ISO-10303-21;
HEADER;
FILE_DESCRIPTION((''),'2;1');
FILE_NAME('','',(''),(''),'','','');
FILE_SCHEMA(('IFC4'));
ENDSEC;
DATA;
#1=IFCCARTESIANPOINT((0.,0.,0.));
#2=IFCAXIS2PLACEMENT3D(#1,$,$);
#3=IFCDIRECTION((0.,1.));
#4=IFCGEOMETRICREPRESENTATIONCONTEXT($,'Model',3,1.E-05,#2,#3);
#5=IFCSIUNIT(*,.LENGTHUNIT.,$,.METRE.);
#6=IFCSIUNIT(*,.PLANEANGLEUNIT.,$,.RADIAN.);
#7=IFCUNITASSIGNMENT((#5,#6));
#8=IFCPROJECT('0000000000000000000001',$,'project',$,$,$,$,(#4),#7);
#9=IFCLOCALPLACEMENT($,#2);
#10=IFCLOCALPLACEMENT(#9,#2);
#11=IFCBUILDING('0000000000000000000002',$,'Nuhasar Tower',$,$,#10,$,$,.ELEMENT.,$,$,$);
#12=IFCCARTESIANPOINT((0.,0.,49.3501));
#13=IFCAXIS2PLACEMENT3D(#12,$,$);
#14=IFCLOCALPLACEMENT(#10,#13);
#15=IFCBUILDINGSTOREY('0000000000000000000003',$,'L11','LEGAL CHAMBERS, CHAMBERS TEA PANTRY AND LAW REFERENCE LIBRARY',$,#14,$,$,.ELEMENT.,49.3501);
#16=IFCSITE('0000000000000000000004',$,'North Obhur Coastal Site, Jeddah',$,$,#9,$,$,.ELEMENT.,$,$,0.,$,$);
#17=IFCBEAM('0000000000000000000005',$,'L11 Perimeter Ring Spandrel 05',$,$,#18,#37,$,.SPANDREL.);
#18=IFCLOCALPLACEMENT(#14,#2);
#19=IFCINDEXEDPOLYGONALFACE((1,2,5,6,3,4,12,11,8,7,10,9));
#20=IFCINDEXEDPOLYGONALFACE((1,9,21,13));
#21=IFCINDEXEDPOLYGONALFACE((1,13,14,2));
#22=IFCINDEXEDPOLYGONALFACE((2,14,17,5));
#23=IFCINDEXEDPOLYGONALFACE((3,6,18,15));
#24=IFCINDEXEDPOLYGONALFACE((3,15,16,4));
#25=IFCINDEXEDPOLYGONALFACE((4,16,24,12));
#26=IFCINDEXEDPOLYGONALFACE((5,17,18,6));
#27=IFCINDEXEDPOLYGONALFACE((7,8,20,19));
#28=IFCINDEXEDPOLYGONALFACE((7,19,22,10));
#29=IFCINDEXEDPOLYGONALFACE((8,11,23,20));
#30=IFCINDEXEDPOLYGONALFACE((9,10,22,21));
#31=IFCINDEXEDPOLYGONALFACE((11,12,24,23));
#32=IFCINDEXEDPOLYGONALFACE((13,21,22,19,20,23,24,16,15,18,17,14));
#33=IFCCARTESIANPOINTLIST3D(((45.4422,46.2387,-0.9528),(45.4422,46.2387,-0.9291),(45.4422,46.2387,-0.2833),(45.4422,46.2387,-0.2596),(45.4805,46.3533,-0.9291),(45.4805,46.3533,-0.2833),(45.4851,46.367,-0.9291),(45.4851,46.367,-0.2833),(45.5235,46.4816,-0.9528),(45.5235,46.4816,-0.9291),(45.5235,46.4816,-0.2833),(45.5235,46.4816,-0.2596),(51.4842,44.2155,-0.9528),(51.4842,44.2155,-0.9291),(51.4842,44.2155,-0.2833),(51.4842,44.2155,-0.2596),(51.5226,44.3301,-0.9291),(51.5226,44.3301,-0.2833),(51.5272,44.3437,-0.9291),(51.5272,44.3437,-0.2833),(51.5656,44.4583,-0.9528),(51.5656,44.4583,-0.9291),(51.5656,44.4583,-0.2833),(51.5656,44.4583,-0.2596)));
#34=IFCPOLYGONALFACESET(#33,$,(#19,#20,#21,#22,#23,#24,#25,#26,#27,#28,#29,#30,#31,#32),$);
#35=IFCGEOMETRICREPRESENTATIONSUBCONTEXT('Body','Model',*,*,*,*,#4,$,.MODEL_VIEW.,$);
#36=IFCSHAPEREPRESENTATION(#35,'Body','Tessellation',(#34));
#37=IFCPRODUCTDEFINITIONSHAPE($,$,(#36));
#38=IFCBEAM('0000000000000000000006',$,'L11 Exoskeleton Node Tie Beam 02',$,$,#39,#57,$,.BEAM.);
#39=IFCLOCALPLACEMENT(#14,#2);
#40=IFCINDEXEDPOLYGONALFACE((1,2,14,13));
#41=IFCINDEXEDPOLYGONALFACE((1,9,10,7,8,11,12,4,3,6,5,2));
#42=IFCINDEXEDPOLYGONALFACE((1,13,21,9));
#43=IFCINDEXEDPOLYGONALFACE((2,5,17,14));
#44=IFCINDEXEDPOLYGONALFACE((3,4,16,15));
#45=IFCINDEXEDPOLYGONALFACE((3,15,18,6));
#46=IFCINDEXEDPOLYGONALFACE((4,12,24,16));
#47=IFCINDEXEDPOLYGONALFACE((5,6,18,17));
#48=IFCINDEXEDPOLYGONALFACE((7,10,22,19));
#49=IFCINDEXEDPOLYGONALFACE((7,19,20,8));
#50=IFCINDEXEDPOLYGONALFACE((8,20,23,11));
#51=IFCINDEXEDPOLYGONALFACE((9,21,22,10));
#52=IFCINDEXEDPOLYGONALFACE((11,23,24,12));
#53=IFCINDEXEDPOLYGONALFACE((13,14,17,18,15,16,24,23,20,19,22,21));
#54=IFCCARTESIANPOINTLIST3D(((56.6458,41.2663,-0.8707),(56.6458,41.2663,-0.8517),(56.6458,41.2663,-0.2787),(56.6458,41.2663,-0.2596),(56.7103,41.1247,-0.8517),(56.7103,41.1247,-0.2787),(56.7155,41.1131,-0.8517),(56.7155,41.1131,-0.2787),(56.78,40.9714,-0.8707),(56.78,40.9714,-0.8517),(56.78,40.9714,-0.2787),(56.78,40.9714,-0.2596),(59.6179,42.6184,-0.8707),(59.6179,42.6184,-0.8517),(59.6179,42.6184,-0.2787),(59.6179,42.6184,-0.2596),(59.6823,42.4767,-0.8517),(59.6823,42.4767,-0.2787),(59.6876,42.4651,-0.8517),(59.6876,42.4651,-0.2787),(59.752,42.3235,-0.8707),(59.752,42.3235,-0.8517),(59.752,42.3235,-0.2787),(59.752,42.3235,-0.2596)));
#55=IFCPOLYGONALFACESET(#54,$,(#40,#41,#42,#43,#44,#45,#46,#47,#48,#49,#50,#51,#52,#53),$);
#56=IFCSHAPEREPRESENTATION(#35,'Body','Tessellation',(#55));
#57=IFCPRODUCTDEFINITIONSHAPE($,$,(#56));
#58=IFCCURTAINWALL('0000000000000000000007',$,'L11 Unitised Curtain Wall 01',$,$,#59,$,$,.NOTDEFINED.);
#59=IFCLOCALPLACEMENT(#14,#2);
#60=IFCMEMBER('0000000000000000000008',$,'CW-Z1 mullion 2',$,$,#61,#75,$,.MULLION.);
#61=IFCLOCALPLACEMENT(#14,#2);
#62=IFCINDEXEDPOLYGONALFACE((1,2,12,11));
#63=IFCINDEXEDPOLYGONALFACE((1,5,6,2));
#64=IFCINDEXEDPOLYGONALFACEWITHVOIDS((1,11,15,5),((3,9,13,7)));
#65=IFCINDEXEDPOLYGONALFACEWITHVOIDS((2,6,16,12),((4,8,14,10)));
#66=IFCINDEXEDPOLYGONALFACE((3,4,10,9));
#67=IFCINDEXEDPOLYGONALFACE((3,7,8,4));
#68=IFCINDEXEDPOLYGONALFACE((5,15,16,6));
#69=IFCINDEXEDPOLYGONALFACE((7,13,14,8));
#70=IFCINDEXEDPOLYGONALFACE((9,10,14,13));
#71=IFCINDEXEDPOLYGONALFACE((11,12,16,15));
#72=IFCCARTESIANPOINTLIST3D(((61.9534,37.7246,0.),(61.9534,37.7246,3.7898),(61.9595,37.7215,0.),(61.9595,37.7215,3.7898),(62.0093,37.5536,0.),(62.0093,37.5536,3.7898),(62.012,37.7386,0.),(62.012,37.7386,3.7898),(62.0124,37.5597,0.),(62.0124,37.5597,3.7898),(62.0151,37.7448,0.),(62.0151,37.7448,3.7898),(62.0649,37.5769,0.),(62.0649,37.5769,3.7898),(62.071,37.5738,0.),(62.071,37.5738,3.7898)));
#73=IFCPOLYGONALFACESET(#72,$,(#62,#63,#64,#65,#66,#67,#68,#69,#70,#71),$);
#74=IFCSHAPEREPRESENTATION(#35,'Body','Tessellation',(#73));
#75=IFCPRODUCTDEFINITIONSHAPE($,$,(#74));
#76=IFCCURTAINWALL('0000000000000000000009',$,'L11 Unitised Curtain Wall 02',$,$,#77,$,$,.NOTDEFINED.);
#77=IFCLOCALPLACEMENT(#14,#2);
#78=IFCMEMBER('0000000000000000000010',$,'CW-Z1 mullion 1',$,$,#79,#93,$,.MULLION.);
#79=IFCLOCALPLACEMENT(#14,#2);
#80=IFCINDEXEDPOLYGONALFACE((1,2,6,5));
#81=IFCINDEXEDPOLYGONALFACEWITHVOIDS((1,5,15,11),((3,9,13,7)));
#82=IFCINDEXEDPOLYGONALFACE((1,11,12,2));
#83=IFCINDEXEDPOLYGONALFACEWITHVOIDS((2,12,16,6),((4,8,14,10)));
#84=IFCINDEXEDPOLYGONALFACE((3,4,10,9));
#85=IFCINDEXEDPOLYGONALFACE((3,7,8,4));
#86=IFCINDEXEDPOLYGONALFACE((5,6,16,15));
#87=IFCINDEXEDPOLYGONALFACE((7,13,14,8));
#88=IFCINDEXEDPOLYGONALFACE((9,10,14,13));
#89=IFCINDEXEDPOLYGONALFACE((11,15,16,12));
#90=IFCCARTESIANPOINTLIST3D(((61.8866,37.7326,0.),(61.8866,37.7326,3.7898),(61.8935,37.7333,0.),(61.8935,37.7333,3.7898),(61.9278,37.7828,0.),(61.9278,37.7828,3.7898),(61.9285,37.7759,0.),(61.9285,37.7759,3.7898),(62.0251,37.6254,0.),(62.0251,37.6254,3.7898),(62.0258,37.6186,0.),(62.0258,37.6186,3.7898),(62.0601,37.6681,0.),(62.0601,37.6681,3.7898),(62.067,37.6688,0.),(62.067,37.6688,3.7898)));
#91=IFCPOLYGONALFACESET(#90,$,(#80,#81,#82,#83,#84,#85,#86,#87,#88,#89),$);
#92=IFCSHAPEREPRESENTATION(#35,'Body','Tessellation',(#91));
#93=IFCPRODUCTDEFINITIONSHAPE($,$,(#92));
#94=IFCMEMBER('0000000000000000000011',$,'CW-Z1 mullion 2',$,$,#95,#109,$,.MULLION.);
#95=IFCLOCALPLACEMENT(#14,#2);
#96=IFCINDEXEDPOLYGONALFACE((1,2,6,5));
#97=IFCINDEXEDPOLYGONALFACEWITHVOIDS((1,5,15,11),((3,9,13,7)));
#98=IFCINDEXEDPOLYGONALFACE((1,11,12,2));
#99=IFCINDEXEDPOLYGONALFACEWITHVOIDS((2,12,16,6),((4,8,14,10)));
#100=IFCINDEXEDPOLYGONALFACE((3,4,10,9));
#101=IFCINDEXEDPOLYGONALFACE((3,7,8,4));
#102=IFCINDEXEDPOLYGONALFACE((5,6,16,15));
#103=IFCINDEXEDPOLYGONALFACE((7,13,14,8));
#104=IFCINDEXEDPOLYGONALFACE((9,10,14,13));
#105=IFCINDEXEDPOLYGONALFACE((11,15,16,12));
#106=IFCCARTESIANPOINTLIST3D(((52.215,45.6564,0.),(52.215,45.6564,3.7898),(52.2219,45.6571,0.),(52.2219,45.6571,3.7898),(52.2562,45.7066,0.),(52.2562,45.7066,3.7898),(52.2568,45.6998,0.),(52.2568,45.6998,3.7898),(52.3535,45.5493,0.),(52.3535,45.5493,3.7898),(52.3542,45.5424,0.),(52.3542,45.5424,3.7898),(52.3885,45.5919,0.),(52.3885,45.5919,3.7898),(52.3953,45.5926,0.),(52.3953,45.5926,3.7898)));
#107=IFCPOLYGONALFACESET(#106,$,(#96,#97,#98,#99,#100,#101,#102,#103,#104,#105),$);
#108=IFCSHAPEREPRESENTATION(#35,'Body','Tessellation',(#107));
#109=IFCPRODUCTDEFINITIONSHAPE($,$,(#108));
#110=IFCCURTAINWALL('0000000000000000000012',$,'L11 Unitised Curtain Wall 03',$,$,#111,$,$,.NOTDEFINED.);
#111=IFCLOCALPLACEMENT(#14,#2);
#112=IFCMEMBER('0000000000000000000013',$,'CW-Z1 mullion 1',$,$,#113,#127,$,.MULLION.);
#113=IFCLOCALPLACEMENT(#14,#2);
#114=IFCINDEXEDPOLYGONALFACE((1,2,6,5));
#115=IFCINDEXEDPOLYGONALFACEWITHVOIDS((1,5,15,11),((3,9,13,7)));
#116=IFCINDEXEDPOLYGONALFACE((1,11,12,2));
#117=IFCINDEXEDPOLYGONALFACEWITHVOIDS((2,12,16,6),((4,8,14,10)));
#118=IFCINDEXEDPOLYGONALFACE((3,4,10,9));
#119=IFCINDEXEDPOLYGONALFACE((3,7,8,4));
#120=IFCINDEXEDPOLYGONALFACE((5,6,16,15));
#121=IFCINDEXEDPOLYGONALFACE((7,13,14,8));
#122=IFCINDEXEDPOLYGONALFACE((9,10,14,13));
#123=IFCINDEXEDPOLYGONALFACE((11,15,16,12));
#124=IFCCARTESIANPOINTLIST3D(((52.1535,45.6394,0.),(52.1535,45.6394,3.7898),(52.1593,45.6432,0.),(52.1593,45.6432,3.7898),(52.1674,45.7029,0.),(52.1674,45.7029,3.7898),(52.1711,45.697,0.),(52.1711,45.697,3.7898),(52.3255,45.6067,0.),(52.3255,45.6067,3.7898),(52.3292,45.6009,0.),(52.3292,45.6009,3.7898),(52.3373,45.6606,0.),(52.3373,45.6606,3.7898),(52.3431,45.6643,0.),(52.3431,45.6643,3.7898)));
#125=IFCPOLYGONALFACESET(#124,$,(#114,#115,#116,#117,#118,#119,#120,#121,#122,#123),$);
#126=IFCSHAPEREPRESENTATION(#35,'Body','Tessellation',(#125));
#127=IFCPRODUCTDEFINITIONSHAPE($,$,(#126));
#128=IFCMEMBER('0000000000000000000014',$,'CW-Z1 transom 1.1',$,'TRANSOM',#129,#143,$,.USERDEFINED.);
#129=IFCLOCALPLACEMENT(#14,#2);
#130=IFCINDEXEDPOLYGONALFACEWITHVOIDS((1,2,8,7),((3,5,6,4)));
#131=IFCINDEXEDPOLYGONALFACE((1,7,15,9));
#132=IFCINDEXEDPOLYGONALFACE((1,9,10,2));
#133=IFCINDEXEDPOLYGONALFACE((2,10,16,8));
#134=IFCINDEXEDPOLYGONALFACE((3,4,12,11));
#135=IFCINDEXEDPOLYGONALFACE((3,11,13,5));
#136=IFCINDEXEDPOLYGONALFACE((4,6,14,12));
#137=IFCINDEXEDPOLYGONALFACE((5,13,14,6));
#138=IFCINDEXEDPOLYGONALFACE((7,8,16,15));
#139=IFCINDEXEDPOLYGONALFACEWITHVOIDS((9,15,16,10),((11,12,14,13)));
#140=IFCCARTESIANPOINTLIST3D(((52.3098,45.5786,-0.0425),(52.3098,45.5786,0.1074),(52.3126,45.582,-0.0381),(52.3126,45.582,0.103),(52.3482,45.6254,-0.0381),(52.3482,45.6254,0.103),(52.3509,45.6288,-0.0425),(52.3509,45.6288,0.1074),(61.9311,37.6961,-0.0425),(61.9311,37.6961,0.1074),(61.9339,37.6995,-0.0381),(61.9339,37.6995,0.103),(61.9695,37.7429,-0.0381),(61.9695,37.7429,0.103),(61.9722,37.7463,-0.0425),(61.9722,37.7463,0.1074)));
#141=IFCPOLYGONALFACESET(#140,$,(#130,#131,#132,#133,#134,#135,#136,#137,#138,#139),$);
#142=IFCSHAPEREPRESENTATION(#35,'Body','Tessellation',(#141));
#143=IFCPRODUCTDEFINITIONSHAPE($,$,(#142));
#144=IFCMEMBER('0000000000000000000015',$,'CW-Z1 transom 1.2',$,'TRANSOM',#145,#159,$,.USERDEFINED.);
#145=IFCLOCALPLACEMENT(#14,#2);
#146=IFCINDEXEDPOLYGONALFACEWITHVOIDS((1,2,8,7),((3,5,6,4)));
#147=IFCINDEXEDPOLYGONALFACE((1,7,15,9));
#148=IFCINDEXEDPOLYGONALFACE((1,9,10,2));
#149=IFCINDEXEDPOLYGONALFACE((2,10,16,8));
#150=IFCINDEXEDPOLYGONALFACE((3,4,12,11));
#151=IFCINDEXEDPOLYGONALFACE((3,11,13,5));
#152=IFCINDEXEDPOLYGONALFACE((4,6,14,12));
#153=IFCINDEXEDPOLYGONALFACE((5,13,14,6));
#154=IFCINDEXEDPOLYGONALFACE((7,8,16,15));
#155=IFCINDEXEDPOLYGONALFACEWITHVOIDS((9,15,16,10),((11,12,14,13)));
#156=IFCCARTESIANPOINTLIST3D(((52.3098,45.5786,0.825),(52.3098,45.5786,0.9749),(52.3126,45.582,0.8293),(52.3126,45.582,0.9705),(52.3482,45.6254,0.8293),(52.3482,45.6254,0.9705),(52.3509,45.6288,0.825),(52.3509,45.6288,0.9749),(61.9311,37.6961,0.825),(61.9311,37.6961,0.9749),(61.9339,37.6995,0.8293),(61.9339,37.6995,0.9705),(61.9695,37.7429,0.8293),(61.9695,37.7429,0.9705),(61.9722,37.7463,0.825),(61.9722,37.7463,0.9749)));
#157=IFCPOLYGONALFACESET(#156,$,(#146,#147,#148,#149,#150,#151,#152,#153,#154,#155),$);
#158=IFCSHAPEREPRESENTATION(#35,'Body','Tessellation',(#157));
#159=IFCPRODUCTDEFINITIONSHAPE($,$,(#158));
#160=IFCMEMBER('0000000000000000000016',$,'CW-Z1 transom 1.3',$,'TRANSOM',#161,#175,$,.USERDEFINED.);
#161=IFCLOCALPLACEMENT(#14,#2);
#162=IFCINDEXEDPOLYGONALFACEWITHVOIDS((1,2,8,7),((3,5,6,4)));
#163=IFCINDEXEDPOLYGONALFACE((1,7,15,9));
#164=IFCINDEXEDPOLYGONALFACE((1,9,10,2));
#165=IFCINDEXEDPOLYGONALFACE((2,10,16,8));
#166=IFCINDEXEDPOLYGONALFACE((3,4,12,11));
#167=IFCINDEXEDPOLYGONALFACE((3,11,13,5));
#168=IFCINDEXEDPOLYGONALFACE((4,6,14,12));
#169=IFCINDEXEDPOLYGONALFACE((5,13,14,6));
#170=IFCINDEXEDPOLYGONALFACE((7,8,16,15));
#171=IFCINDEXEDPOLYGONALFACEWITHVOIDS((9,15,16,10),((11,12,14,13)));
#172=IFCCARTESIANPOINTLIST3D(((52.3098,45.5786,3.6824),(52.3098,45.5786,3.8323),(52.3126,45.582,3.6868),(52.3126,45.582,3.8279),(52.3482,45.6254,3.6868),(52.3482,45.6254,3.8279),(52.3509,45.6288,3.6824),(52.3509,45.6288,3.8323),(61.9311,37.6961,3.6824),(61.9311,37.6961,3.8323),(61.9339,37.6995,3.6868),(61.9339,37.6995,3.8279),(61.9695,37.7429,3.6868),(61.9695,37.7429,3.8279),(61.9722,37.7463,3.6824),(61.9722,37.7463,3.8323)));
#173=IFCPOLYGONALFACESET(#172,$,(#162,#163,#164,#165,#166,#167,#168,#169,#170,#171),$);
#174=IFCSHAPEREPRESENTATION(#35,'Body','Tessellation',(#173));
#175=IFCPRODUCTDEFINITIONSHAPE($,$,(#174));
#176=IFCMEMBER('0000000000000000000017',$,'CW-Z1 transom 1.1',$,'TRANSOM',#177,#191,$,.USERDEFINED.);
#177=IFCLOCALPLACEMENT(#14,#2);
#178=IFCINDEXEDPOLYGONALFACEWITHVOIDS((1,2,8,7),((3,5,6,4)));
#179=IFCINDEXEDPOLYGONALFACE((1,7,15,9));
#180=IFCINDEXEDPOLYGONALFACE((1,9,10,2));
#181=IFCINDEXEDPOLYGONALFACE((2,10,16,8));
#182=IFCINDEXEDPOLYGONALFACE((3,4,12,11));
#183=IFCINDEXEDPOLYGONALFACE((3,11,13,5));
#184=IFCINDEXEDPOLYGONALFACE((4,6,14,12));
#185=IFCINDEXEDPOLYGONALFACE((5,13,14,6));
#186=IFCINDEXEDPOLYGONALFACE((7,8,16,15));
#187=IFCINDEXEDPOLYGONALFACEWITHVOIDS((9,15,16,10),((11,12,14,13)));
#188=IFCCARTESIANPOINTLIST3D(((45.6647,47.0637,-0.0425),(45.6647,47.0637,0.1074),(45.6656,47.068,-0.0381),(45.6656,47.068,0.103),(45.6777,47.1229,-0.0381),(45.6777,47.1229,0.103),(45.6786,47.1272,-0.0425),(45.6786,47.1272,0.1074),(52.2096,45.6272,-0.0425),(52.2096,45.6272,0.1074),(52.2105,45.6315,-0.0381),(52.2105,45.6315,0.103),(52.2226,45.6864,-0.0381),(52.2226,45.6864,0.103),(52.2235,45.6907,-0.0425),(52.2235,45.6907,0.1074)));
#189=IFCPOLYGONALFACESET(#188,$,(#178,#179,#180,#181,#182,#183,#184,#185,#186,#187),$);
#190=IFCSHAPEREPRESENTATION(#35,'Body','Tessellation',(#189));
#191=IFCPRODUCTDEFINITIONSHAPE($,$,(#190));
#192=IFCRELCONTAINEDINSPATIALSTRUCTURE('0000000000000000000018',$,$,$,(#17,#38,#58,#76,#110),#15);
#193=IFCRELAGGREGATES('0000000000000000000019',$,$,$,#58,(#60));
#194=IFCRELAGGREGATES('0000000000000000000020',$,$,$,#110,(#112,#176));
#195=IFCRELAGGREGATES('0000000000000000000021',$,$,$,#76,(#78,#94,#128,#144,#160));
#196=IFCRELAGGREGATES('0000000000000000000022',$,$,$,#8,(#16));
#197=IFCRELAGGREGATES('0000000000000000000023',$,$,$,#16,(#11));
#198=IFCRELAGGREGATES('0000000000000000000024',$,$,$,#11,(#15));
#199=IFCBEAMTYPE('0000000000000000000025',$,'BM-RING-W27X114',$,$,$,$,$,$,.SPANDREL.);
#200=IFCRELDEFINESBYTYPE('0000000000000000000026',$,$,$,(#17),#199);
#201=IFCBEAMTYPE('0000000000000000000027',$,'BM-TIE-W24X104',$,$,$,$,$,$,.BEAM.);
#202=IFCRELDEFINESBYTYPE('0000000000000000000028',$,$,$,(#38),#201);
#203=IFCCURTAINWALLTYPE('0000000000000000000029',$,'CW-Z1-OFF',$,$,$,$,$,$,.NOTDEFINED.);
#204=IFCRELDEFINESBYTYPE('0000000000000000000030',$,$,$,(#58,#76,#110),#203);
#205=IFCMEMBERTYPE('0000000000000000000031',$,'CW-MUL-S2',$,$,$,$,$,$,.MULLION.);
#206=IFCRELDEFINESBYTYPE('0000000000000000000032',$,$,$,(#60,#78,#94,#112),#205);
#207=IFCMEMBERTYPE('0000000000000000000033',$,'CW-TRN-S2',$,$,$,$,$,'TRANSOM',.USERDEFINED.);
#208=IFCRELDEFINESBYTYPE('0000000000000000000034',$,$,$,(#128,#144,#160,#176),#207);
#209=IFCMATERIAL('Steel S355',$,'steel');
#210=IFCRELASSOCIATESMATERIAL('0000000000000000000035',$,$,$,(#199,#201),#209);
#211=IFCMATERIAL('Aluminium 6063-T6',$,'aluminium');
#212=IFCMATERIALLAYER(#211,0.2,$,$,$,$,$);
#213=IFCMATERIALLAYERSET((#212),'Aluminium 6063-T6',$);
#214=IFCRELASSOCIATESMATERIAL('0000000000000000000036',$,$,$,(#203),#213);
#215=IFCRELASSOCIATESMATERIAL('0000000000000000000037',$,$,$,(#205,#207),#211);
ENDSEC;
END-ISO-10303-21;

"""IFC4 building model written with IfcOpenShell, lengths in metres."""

from ifc_helpers import new_model, si_unit, direction, frame, origin, origin_2d, place, context, subcontext, project, spatial, hollow_rectangle, i_section, extrude, material, layer, layer_set, material_profile, profile_set, type_object, element, aggregate, save


model = new_model("IFC4")

# Units and contexts
model_context = context("Model", 3, precision=1e-05, world=origin(), true_north=direction((0.0, 1.0)))
body_context = subcontext(model_context, "Body", "Model", "MODEL_VIEW")
ifc_project = project(units=[si_unit("LENGTHUNIT", "METRE"), si_unit("PLANEANGLEUNIT", "RADIAN")], contexts=[model_context])

# Site, building, storey
site_placement = place(None, origin())
site = spatial("IfcSite", under=ifc_project, at=site_placement, Name="North Obhur Coastal Site, Jeddah", CompositionType="ELEMENT", RefElevation=0.0)
building_placement = place(site_placement, origin())
building = spatial("IfcBuilding", under=site, at=building_placement, Name="Nuhasar Tower", CompositionType="ELEMENT")
storey_placement = place(building_placement, frame((0.0, 0.0, 49.3501)))
storey = spatial("IfcBuildingStorey", under=building, at=storey_placement, Name="L11", Description="LEGAL CHAMBERS, CHAMBERS TEA PANTRY AND LAW REFERENCE LIBRARY", CompositionType="ELEMENT", Elevation=49.3501)

# Beams
ifc_material_1 = material(Name="Steel S355", Category="steel")
ifc_material_profile_1 = material_profile(ifc_material_1, i_section(OverallWidth=0.2561, OverallDepth=0.6931, WebThickness=0.0144, FlangeThickness=0.0237, at=origin_2d()), Name="W27X114")
ifc_profile_set_1 = profile_set([ifc_material_profile_1], Name="Steel S355")
beam_type_1 = type_object("IfcBeamType", Name="BM-RING-W27X114", PredefinedType="SPANDREL", material=ifc_profile_set_1)
beam_1_placement = place(storey_placement, frame((51.5249, 44.3369, -0.6062), z_axis=(-0.948249, 0.317526, 0.0), x_axis=(-0.317526, -0.948249, 0.0)))
element("IfcBeam", 1, at=beam_1_placement, inside=storey, type_object=beam_type_1, Name="L11 Perimeter Ring Spandrel 05", PredefinedType="SPANDREL", context=body_context, shape_type="SweptSolid", body=[
    extrude(i_section(OverallWidth=0.2561, OverallDepth=0.6931, WebThickness=0.0144, FlangeThickness=0.0237, at=origin_2d()), origin(), (0.0, 0.0, 1.0), 6.3718),
])
ifc_material_profile_2 = material_profile(ifc_material_1, i_section(OverallWidth=0.324, OverallDepth=0.6111, WebThickness=0.0127, FlangeThickness=0.019, at=origin_2d()), Name="W24X104")
ifc_profile_set_2 = profile_set([ifc_material_profile_2], Name="Steel S355")
beam_type_2 = type_object("IfcBeamType", Name="BM-TIE-W24X104", PredefinedType="BEAM", material=ifc_profile_set_2)
beam_2_placement = place(storey_placement, frame((56.7129, 41.1189, -0.5652), z_axis=(0.910244, 0.414073, 0.0), x_axis=(-0.414073, 0.910244, 0.0)))
element("IfcBeam", 2, at=beam_2_placement, inside=storey, type_object=beam_type_2, Name="L11 Exoskeleton Node Tie Beam 02", PredefinedType="BEAM", context=body_context, shape_type="SweptSolid", body=[
    extrude(i_section(OverallWidth=0.324, OverallDepth=0.6111, WebThickness=0.0127, FlangeThickness=0.019, at=origin_2d()), origin(), (0.0, 0.0, 1.0), 3.2651),
])

# Curtain wall, member
ifc_material_2 = material(Name="Aluminium 6063-T6", Category="aluminium")
ifc_layer_1 = layer(ifc_material_2, 0.2)
ifc_layer_set_1 = layer_set([ifc_layer_1], Name="Aluminium 6063-T6")
curtain_wall_type = type_object("IfcCurtainWallType", Name="CW-Z1-OFF", PredefinedType="NOTDEFINED", material=ifc_layer_set_1)
curtain_wall_1_placement = place(storey_placement, origin())
curtain_wall_1 = element("IfcCurtainWall", 3, at=curtain_wall_1_placement, inside=storey, type_object=curtain_wall_type, Name="L11 Unitised Curtain Wall 01", PredefinedType="NOTDEFINED")
ifc_material_profile_3 = material_profile(ifc_material_2, hollow_rectangle(XDim=0.0649, YDim=0.1799, WallThickness=0.0049, at=origin_2d()), Name="CWM-2")
ifc_profile_set_3 = profile_set([ifc_material_profile_3], Name="Aluminium 6063-T6")
member_type_1 = type_object("IfcMemberType", Name="CW-MUL-S2", PredefinedType="MULLION", material=ifc_profile_set_3)
member_1_placement = place(storey_placement, frame((62.0122, 37.6492, 0.0), z_axis=(0.0, 0.0, 1.0), x_axis=(-0.950468, -0.310824, 0.0)))
member_1 = element("IfcMember", 4, at=member_1_placement, type_object=member_type_1, Name="CW-Z1 mullion 2", PredefinedType="MULLION", context=body_context, shape_type="SweptSolid", body=[
    extrude(hollow_rectangle(XDim=0.0649, YDim=0.1799, WallThickness=0.0049, at=origin_2d()), origin(), (0.0, 0.0, 1.0), 3.7898),
])
aggregate(curtain_wall_1, [member_1])

# Curtain wall, members
curtain_wall_2_placement = place(storey_placement, origin())
curtain_wall_2 = element("IfcCurtainWall", 5, at=curtain_wall_2_placement, inside=storey, type_object=curtain_wall_type, Name="L11 Unitised Curtain Wall 02", PredefinedType="NOTDEFINED")
member_2_placement = place(storey_placement, frame((61.9768, 37.7007, 0.0), z_axis=(0.0, 0.0, 1.0), x_axis=(-0.633745, -0.773542, 0.0)))
member_2 = element("IfcMember", 6, at=member_2_placement, type_object=member_type_1, Name="CW-Z1 mullion 1", PredefinedType="MULLION", context=body_context, shape_type="SweptSolid", body=[
    extrude(hollow_rectangle(XDim=0.0649, YDim=0.1799, WallThickness=0.0049, at=origin_2d()), origin(), (0.0, 0.0, 1.0), 3.7898),
])
member_3_placement = place(storey_placement, frame((52.3052, 45.6245, 0.0), z_axis=(0.0, 0.0, 1.0), x_axis=(-0.633745, -0.773542, 0.0)))
member_3 = element("IfcMember", 7, at=member_3_placement, type_object=member_type_1, Name="CW-Z1 mullion 2", PredefinedType="MULLION", context=body_context, shape_type="SweptSolid", body=[
    extrude(hollow_rectangle(XDim=0.0649, YDim=0.1799, WallThickness=0.0049, at=origin_2d()), origin(), (0.0, 0.0, 1.0), 3.7898),
])

# Curtain wall, member
curtain_wall_3_placement = place(storey_placement, origin())
curtain_wall_3 = element("IfcCurtainWall", 8, at=curtain_wall_3_placement, inside=storey, type_object=curtain_wall_type, Name="L11 Unitised Curtain Wall 03", PredefinedType="NOTDEFINED")
member_4_placement = place(storey_placement, frame((52.2483, 45.6519, 0.0), z_axis=(0.0, 0.0, 1.0), x_axis=(-0.214399, -0.976746, 0.0)))
member_4 = element("IfcMember", 9, at=member_4_placement, type_object=member_type_1, Name="CW-Z1 mullion 1", PredefinedType="MULLION", context=body_context, shape_type="SweptSolid", body=[
    extrude(hollow_rectangle(XDim=0.0649, YDim=0.1799, WallThickness=0.0049, at=origin_2d()), origin(), (0.0, 0.0, 1.0), 3.7898),
])

# Members
ifc_material_profile_4 = material_profile(ifc_material_2, hollow_rectangle(XDim=0.0649, YDim=0.1499, WallThickness=0.0044, at=origin_2d()), Name="CWT-2")
ifc_profile_set_4 = profile_set([ifc_material_profile_4], Name="Aluminium 6063-T6")
member_type_2 = type_object("IfcMemberType", Name="CW-TRN-S2", ElementType="TRANSOM", PredefinedType="USERDEFINED", material=ifc_profile_set_4)
member_5_placement = place(storey_placement, frame((61.9517, 37.7212, 0.0325), z_axis=(-0.773541, 0.633746, 0.0), x_axis=(-0.633746, -0.773541, 0.0)))
member_5 = element("IfcMember", 10, at=member_5_placement, type_object=member_type_2, Name="CW-Z1 transom 1.1", ObjectType="TRANSOM", PredefinedType="USERDEFINED", context=body_context, shape_type="SweptSolid", body=[
    extrude(hollow_rectangle(XDim=0.0649, YDim=0.1499, WallThickness=0.0044, at=origin_2d()), origin(), (0.0, 0.0, 1.0), 12.438),
])
member_6_placement = place(storey_placement, frame((61.9517, 37.7212, 0.8999), z_axis=(-0.773541, 0.633746, 0.0), x_axis=(-0.633746, -0.773541, 0.0)))
member_6 = element("IfcMember", 11, at=member_6_placement, type_object=member_type_2, Name="CW-Z1 transom 1.2", ObjectType="TRANSOM", PredefinedType="USERDEFINED", context=body_context, shape_type="SweptSolid", body=[
    extrude(hollow_rectangle(XDim=0.0649, YDim=0.1499, WallThickness=0.0044, at=origin_2d()), origin(), (0.0, 0.0, 1.0), 12.438),
])
member_7_placement = place(storey_placement, frame((61.9517, 37.7212, 3.7573), z_axis=(-0.773541, 0.633746, 0.0), x_axis=(-0.633746, -0.773541, 0.0)))
member_7 = element("IfcMember", 12, at=member_7_placement, type_object=member_type_2, Name="CW-Z1 transom 1.3", ObjectType="TRANSOM", PredefinedType="USERDEFINED", context=body_context, shape_type="SweptSolid", body=[
    extrude(hollow_rectangle(XDim=0.0649, YDim=0.1499, WallThickness=0.0044, at=origin_2d()), origin(), (0.0, 0.0, 1.0), 12.438),
])
member_8_placement = place(storey_placement, frame((52.2166, 45.6589, 0.0325), z_axis=(-0.97675, 0.214384, 0.0), x_axis=(-0.214384, -0.97675, 0.0)))
member_8 = element("IfcMember", 13, at=member_8_placement, type_object=member_type_2, Name="CW-Z1 transom 1.1", ObjectType="TRANSOM", PredefinedType="USERDEFINED", context=body_context, shape_type="SweptSolid", body=[
    extrude(hollow_rectangle(XDim=0.0649, YDim=0.1499, WallThickness=0.0044, at=origin_2d()), origin(), (0.0, 0.0, 1.0), 6.7007),
])
aggregate(curtain_wall_3, [member_4, member_8])

aggregate(curtain_wall_2, [member_2, member_3, member_5, member_6, member_7])

save(model, "model.ifc")
